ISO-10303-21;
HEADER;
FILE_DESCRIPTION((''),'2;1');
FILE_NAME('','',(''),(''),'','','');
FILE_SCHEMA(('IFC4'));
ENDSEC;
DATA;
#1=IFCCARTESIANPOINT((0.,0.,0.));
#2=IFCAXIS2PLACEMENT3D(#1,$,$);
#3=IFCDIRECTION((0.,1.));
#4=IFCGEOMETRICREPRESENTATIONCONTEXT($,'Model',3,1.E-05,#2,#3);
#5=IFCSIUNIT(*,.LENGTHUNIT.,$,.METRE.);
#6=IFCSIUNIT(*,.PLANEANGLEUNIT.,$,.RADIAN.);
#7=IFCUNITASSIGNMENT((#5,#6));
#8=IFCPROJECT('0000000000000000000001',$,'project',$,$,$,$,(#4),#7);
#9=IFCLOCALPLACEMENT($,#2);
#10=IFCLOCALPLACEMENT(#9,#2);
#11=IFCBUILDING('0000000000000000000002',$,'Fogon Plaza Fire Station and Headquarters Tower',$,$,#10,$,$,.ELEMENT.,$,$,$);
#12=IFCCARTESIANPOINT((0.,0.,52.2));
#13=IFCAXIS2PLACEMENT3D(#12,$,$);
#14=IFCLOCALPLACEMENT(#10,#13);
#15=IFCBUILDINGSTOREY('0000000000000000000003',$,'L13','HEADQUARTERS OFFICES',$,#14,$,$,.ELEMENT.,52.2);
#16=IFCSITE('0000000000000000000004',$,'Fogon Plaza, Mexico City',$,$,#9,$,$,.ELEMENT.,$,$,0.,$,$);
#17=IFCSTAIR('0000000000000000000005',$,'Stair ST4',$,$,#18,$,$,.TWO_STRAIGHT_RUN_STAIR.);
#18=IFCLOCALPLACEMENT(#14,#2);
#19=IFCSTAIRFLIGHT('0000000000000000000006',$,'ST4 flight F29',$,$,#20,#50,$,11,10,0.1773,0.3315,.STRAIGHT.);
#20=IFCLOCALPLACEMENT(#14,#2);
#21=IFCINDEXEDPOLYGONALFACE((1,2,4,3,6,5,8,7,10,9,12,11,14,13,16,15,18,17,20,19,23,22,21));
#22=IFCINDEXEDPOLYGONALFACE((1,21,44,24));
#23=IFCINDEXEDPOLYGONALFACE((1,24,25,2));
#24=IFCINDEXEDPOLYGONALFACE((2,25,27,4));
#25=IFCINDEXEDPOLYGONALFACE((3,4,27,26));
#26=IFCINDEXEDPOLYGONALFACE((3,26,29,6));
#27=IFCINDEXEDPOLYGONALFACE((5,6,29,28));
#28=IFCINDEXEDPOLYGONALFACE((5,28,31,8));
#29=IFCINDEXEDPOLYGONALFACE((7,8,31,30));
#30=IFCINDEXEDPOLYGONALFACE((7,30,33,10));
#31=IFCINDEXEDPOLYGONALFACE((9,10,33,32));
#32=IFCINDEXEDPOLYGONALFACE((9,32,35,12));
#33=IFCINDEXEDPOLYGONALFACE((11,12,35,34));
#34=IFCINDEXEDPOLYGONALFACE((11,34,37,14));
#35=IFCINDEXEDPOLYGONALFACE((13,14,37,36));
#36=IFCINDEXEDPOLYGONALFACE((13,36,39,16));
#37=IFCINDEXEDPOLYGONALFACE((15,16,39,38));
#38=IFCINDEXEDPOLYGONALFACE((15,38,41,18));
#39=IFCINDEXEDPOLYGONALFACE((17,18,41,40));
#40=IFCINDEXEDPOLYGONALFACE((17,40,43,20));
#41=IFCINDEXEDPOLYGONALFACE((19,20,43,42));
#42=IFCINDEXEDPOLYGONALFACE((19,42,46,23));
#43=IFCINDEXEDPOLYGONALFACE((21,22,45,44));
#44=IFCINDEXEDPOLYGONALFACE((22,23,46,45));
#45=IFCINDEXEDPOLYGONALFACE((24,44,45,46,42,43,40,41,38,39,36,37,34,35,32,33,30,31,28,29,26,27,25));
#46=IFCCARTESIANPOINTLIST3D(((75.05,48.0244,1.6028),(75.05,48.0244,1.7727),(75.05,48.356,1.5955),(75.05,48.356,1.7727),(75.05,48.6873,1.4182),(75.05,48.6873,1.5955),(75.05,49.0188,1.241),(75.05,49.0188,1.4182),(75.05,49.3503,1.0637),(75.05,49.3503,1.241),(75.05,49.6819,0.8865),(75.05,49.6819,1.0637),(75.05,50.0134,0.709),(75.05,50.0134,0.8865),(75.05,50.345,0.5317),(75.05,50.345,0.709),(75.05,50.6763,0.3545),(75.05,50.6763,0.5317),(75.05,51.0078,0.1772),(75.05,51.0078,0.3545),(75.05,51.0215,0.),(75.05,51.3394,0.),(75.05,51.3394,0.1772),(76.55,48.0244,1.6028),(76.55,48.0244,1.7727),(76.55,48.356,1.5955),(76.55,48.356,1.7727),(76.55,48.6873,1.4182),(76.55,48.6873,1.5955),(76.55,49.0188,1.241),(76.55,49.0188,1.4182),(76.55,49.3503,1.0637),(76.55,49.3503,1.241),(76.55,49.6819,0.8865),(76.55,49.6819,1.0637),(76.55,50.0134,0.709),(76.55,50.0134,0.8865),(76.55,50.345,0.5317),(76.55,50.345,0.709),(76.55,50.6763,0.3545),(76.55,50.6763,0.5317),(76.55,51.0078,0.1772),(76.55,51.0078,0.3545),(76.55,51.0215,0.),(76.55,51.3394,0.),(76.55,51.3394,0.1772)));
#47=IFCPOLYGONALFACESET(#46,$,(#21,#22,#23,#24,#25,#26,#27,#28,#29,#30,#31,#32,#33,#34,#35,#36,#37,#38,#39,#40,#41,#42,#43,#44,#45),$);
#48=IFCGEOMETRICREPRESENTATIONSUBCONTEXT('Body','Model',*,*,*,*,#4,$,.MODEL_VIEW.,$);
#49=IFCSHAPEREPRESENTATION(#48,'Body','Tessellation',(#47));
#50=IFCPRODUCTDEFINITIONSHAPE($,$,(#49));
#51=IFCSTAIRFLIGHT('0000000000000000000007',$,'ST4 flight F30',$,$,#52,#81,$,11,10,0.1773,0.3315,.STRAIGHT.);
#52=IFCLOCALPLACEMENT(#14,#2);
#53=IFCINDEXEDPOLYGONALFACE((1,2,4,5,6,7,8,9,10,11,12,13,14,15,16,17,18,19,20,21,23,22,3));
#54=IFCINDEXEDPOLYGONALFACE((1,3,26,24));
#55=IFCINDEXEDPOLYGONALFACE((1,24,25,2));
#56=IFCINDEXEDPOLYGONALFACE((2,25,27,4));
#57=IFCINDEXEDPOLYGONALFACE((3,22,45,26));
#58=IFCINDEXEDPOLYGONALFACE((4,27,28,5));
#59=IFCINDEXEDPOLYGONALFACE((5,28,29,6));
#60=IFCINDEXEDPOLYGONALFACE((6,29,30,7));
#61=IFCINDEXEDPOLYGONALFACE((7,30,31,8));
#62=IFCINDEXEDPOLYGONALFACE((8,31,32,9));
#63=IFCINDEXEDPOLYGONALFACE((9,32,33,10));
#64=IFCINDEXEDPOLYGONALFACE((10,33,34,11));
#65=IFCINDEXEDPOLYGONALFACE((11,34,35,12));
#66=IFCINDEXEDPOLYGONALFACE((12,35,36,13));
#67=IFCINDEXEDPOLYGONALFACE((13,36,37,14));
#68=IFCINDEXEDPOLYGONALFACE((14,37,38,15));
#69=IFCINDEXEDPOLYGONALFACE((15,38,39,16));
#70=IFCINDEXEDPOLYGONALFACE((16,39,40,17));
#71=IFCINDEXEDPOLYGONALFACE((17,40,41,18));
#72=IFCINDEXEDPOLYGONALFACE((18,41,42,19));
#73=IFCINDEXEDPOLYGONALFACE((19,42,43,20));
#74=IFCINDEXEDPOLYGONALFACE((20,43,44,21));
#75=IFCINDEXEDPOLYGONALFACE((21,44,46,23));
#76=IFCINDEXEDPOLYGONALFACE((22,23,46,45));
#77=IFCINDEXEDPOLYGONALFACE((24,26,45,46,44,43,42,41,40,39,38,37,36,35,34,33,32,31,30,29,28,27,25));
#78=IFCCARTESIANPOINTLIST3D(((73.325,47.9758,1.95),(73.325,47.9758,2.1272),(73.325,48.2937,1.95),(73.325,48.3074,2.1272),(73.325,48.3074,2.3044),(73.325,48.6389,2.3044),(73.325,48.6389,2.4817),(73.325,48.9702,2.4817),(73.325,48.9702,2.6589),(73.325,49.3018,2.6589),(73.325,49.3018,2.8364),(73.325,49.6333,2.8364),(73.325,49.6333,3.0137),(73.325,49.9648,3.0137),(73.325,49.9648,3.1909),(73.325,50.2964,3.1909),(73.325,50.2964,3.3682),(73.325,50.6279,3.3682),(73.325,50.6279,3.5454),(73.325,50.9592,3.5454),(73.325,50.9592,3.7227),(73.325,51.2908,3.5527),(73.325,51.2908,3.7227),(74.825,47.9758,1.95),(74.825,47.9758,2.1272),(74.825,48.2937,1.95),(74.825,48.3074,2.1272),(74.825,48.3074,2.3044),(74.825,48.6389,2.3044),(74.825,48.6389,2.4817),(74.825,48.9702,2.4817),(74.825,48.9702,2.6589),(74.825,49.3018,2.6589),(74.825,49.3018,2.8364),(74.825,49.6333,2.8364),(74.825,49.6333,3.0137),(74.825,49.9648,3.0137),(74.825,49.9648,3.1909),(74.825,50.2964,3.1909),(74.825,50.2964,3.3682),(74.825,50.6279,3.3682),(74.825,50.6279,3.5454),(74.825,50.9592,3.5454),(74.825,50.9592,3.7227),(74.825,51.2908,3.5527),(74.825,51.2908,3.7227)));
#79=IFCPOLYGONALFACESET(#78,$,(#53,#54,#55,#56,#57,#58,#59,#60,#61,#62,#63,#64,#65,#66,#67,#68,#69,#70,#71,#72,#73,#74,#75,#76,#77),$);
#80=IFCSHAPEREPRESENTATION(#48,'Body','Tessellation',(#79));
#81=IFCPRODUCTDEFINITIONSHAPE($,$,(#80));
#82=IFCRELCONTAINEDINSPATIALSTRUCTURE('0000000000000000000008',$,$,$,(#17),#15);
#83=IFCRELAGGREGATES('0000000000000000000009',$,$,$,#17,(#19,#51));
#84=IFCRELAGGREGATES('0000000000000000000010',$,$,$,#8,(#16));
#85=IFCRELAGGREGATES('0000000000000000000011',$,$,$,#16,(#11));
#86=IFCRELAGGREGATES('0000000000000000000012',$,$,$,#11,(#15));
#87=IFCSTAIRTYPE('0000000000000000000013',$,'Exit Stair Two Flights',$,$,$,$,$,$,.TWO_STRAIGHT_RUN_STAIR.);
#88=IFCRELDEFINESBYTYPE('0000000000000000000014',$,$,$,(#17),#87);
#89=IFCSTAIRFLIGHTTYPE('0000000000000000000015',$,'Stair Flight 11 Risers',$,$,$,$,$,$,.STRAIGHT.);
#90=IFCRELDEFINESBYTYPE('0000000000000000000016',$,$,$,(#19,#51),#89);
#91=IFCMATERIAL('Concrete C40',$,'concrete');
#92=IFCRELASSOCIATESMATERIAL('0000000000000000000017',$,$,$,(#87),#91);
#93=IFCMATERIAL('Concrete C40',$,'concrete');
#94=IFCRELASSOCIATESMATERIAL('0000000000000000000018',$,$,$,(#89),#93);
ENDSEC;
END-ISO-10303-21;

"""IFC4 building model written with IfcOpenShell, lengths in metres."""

from ifc_helpers import new_model, si_unit, direction, frame, origin, place, context, subcontext, project, spatial, polyline, outline, extrude, material, type_object, element, aggregate, save


model = new_model("IFC4")

# Units and contexts
model_context = context("Model", 3, precision=1e-05, world=origin(), true_north=direction((0.0, 1.0)))
body_context = subcontext(model_context, "Body", "Model", "MODEL_VIEW")
ifc_project = project(units=[si_unit("LENGTHUNIT", "METRE"), si_unit("PLANEANGLEUNIT", "RADIAN")], contexts=[model_context])

# Site, building, storey
site_placement = place(None, origin())
site = spatial("IfcSite", under=ifc_project, at=site_placement, Name="Fogon Plaza, Mexico City", CompositionType="ELEMENT", RefElevation=0.0)
building_placement = place(site_placement, origin())
building = spatial("IfcBuilding", under=site, at=building_placement, Name="Fogon Plaza Fire Station and Headquarters Tower", CompositionType="ELEMENT")
storey_placement = place(building_placement, frame((0.0, 0.0, 52.2)))
storey = spatial("IfcBuildingStorey", under=building, at=storey_placement, Name="L13", Description="HEADQUARTERS OFFICES", CompositionType="ELEMENT", Elevation=52.2)

# Stair, stair flights
ifc_material_1 = material(Name="Concrete C40", Category="concrete")
stair_type = type_object("IfcStairType", Name="Exit Stair Two Flights", PredefinedType="TWO_STRAIGHT_RUN_STAIR", material=ifc_material_1)
stair_placement = place(storey_placement, origin())
stair = element("IfcStair", 1, at=stair_placement, inside=storey, type_object=stair_type, Name="Stair ST4", PredefinedType="TWO_STRAIGHT_RUN_STAIR")
ifc_material_2 = material(Name="Concrete C40", Category="concrete")
stair_flight_type = type_object("IfcStairFlightType", Name="Stair Flight 11 Risers", PredefinedType="STRAIGHT", material=ifc_material_2)
stair_flight_1_placement = place(storey_placement, frame((75.8, 51.3394, 0.0), z_axis=(0.0, 0.0, 1.0), x_axis=(0.0, -1.0, 0.0)))
stair_flight_1 = element("IfcStairFlight", 2, at=stair_flight_1_placement, type_object=stair_flight_type, Name="ST4 flight F29", NumberOfRisers=11, NumberOfTreads=10, PredefinedType="STRAIGHT", RiserHeight=0.1773, TreadLength=0.3315, context=body_context, shape_type="SweptSolid", body=[
    extrude(outline(polyline([(0.0, 0.0), (0.0, 0.1772), (0.3315, 0.1772), (0.3315, 0.3545), (0.6631, 0.3545), (0.6631, 0.5317), (0.9944, 0.5317), (0.9944, 0.709), (1.3259, 0.709), (1.3259, 0.8865), (1.6575, 0.8865), (1.6575, 1.0637), (1.989, 1.0637), (1.989, 1.241), (2.3206, 1.241), (2.3206, 1.4182), (2.6521, 1.4182), (2.6521, 1.5955), (2.9834, 1.5955), (2.9834, 1.7727), (3.3149, 1.7727), (3.3149, 1.95), (3.3149, 1.6028), (0.3179, 0.0), (0.0, 0.0)])), frame((0.0, 0.75, 0.0), z_axis=(0.0, -1.0, 0.0), x_axis=(1.0, 0.0, 0.0)), (0.0, 0.0, 1.0), 1.5),
])
stair_flight_2_placement = place(storey_placement, frame((74.075, 47.9758, 1.95), z_axis=(0.0, 0.0, 1.0), x_axis=(0.0, 1.0, 0.0)))
stair_flight_2 = element("IfcStairFlight", 3, at=stair_flight_2_placement, type_object=stair_flight_type, Name="ST4 flight F30", NumberOfRisers=11, NumberOfTreads=10, PredefinedType="STRAIGHT", RiserHeight=0.1773, TreadLength=0.3315, context=body_context, shape_type="SweptSolid", body=[
    extrude(outline(polyline([(0.0, 0.0), (0.0, 0.1772), (0.3315, 0.1772), (0.3315, 0.3545), (0.6631, 0.3545), (0.6631, 0.5317), (0.9944, 0.5317), (0.9944, 0.709), (1.3259, 0.709), (1.3259, 0.8865), (1.6575, 0.8865), (1.6575, 1.0637), (1.989, 1.0637), (1.989, 1.241), (2.3206, 1.241), (2.3206, 1.4182), (2.6521, 1.4182), (2.6521, 1.5955), (2.9834, 1.5955), (2.9834, 1.7727), (3.3149, 1.7727), (3.3149, 1.95), (3.3149, 1.6028), (0.3179, 0.0), (0.0, 0.0)])), frame((0.0, 0.75, 0.0), z_axis=(0.0, -1.0, 0.0), x_axis=(1.0, 0.0, 0.0)), (0.0, 0.0, 1.0), 1.5),
])
aggregate(stair, [stair_flight_1, stair_flight_2])

save(model, "model.ifc")
